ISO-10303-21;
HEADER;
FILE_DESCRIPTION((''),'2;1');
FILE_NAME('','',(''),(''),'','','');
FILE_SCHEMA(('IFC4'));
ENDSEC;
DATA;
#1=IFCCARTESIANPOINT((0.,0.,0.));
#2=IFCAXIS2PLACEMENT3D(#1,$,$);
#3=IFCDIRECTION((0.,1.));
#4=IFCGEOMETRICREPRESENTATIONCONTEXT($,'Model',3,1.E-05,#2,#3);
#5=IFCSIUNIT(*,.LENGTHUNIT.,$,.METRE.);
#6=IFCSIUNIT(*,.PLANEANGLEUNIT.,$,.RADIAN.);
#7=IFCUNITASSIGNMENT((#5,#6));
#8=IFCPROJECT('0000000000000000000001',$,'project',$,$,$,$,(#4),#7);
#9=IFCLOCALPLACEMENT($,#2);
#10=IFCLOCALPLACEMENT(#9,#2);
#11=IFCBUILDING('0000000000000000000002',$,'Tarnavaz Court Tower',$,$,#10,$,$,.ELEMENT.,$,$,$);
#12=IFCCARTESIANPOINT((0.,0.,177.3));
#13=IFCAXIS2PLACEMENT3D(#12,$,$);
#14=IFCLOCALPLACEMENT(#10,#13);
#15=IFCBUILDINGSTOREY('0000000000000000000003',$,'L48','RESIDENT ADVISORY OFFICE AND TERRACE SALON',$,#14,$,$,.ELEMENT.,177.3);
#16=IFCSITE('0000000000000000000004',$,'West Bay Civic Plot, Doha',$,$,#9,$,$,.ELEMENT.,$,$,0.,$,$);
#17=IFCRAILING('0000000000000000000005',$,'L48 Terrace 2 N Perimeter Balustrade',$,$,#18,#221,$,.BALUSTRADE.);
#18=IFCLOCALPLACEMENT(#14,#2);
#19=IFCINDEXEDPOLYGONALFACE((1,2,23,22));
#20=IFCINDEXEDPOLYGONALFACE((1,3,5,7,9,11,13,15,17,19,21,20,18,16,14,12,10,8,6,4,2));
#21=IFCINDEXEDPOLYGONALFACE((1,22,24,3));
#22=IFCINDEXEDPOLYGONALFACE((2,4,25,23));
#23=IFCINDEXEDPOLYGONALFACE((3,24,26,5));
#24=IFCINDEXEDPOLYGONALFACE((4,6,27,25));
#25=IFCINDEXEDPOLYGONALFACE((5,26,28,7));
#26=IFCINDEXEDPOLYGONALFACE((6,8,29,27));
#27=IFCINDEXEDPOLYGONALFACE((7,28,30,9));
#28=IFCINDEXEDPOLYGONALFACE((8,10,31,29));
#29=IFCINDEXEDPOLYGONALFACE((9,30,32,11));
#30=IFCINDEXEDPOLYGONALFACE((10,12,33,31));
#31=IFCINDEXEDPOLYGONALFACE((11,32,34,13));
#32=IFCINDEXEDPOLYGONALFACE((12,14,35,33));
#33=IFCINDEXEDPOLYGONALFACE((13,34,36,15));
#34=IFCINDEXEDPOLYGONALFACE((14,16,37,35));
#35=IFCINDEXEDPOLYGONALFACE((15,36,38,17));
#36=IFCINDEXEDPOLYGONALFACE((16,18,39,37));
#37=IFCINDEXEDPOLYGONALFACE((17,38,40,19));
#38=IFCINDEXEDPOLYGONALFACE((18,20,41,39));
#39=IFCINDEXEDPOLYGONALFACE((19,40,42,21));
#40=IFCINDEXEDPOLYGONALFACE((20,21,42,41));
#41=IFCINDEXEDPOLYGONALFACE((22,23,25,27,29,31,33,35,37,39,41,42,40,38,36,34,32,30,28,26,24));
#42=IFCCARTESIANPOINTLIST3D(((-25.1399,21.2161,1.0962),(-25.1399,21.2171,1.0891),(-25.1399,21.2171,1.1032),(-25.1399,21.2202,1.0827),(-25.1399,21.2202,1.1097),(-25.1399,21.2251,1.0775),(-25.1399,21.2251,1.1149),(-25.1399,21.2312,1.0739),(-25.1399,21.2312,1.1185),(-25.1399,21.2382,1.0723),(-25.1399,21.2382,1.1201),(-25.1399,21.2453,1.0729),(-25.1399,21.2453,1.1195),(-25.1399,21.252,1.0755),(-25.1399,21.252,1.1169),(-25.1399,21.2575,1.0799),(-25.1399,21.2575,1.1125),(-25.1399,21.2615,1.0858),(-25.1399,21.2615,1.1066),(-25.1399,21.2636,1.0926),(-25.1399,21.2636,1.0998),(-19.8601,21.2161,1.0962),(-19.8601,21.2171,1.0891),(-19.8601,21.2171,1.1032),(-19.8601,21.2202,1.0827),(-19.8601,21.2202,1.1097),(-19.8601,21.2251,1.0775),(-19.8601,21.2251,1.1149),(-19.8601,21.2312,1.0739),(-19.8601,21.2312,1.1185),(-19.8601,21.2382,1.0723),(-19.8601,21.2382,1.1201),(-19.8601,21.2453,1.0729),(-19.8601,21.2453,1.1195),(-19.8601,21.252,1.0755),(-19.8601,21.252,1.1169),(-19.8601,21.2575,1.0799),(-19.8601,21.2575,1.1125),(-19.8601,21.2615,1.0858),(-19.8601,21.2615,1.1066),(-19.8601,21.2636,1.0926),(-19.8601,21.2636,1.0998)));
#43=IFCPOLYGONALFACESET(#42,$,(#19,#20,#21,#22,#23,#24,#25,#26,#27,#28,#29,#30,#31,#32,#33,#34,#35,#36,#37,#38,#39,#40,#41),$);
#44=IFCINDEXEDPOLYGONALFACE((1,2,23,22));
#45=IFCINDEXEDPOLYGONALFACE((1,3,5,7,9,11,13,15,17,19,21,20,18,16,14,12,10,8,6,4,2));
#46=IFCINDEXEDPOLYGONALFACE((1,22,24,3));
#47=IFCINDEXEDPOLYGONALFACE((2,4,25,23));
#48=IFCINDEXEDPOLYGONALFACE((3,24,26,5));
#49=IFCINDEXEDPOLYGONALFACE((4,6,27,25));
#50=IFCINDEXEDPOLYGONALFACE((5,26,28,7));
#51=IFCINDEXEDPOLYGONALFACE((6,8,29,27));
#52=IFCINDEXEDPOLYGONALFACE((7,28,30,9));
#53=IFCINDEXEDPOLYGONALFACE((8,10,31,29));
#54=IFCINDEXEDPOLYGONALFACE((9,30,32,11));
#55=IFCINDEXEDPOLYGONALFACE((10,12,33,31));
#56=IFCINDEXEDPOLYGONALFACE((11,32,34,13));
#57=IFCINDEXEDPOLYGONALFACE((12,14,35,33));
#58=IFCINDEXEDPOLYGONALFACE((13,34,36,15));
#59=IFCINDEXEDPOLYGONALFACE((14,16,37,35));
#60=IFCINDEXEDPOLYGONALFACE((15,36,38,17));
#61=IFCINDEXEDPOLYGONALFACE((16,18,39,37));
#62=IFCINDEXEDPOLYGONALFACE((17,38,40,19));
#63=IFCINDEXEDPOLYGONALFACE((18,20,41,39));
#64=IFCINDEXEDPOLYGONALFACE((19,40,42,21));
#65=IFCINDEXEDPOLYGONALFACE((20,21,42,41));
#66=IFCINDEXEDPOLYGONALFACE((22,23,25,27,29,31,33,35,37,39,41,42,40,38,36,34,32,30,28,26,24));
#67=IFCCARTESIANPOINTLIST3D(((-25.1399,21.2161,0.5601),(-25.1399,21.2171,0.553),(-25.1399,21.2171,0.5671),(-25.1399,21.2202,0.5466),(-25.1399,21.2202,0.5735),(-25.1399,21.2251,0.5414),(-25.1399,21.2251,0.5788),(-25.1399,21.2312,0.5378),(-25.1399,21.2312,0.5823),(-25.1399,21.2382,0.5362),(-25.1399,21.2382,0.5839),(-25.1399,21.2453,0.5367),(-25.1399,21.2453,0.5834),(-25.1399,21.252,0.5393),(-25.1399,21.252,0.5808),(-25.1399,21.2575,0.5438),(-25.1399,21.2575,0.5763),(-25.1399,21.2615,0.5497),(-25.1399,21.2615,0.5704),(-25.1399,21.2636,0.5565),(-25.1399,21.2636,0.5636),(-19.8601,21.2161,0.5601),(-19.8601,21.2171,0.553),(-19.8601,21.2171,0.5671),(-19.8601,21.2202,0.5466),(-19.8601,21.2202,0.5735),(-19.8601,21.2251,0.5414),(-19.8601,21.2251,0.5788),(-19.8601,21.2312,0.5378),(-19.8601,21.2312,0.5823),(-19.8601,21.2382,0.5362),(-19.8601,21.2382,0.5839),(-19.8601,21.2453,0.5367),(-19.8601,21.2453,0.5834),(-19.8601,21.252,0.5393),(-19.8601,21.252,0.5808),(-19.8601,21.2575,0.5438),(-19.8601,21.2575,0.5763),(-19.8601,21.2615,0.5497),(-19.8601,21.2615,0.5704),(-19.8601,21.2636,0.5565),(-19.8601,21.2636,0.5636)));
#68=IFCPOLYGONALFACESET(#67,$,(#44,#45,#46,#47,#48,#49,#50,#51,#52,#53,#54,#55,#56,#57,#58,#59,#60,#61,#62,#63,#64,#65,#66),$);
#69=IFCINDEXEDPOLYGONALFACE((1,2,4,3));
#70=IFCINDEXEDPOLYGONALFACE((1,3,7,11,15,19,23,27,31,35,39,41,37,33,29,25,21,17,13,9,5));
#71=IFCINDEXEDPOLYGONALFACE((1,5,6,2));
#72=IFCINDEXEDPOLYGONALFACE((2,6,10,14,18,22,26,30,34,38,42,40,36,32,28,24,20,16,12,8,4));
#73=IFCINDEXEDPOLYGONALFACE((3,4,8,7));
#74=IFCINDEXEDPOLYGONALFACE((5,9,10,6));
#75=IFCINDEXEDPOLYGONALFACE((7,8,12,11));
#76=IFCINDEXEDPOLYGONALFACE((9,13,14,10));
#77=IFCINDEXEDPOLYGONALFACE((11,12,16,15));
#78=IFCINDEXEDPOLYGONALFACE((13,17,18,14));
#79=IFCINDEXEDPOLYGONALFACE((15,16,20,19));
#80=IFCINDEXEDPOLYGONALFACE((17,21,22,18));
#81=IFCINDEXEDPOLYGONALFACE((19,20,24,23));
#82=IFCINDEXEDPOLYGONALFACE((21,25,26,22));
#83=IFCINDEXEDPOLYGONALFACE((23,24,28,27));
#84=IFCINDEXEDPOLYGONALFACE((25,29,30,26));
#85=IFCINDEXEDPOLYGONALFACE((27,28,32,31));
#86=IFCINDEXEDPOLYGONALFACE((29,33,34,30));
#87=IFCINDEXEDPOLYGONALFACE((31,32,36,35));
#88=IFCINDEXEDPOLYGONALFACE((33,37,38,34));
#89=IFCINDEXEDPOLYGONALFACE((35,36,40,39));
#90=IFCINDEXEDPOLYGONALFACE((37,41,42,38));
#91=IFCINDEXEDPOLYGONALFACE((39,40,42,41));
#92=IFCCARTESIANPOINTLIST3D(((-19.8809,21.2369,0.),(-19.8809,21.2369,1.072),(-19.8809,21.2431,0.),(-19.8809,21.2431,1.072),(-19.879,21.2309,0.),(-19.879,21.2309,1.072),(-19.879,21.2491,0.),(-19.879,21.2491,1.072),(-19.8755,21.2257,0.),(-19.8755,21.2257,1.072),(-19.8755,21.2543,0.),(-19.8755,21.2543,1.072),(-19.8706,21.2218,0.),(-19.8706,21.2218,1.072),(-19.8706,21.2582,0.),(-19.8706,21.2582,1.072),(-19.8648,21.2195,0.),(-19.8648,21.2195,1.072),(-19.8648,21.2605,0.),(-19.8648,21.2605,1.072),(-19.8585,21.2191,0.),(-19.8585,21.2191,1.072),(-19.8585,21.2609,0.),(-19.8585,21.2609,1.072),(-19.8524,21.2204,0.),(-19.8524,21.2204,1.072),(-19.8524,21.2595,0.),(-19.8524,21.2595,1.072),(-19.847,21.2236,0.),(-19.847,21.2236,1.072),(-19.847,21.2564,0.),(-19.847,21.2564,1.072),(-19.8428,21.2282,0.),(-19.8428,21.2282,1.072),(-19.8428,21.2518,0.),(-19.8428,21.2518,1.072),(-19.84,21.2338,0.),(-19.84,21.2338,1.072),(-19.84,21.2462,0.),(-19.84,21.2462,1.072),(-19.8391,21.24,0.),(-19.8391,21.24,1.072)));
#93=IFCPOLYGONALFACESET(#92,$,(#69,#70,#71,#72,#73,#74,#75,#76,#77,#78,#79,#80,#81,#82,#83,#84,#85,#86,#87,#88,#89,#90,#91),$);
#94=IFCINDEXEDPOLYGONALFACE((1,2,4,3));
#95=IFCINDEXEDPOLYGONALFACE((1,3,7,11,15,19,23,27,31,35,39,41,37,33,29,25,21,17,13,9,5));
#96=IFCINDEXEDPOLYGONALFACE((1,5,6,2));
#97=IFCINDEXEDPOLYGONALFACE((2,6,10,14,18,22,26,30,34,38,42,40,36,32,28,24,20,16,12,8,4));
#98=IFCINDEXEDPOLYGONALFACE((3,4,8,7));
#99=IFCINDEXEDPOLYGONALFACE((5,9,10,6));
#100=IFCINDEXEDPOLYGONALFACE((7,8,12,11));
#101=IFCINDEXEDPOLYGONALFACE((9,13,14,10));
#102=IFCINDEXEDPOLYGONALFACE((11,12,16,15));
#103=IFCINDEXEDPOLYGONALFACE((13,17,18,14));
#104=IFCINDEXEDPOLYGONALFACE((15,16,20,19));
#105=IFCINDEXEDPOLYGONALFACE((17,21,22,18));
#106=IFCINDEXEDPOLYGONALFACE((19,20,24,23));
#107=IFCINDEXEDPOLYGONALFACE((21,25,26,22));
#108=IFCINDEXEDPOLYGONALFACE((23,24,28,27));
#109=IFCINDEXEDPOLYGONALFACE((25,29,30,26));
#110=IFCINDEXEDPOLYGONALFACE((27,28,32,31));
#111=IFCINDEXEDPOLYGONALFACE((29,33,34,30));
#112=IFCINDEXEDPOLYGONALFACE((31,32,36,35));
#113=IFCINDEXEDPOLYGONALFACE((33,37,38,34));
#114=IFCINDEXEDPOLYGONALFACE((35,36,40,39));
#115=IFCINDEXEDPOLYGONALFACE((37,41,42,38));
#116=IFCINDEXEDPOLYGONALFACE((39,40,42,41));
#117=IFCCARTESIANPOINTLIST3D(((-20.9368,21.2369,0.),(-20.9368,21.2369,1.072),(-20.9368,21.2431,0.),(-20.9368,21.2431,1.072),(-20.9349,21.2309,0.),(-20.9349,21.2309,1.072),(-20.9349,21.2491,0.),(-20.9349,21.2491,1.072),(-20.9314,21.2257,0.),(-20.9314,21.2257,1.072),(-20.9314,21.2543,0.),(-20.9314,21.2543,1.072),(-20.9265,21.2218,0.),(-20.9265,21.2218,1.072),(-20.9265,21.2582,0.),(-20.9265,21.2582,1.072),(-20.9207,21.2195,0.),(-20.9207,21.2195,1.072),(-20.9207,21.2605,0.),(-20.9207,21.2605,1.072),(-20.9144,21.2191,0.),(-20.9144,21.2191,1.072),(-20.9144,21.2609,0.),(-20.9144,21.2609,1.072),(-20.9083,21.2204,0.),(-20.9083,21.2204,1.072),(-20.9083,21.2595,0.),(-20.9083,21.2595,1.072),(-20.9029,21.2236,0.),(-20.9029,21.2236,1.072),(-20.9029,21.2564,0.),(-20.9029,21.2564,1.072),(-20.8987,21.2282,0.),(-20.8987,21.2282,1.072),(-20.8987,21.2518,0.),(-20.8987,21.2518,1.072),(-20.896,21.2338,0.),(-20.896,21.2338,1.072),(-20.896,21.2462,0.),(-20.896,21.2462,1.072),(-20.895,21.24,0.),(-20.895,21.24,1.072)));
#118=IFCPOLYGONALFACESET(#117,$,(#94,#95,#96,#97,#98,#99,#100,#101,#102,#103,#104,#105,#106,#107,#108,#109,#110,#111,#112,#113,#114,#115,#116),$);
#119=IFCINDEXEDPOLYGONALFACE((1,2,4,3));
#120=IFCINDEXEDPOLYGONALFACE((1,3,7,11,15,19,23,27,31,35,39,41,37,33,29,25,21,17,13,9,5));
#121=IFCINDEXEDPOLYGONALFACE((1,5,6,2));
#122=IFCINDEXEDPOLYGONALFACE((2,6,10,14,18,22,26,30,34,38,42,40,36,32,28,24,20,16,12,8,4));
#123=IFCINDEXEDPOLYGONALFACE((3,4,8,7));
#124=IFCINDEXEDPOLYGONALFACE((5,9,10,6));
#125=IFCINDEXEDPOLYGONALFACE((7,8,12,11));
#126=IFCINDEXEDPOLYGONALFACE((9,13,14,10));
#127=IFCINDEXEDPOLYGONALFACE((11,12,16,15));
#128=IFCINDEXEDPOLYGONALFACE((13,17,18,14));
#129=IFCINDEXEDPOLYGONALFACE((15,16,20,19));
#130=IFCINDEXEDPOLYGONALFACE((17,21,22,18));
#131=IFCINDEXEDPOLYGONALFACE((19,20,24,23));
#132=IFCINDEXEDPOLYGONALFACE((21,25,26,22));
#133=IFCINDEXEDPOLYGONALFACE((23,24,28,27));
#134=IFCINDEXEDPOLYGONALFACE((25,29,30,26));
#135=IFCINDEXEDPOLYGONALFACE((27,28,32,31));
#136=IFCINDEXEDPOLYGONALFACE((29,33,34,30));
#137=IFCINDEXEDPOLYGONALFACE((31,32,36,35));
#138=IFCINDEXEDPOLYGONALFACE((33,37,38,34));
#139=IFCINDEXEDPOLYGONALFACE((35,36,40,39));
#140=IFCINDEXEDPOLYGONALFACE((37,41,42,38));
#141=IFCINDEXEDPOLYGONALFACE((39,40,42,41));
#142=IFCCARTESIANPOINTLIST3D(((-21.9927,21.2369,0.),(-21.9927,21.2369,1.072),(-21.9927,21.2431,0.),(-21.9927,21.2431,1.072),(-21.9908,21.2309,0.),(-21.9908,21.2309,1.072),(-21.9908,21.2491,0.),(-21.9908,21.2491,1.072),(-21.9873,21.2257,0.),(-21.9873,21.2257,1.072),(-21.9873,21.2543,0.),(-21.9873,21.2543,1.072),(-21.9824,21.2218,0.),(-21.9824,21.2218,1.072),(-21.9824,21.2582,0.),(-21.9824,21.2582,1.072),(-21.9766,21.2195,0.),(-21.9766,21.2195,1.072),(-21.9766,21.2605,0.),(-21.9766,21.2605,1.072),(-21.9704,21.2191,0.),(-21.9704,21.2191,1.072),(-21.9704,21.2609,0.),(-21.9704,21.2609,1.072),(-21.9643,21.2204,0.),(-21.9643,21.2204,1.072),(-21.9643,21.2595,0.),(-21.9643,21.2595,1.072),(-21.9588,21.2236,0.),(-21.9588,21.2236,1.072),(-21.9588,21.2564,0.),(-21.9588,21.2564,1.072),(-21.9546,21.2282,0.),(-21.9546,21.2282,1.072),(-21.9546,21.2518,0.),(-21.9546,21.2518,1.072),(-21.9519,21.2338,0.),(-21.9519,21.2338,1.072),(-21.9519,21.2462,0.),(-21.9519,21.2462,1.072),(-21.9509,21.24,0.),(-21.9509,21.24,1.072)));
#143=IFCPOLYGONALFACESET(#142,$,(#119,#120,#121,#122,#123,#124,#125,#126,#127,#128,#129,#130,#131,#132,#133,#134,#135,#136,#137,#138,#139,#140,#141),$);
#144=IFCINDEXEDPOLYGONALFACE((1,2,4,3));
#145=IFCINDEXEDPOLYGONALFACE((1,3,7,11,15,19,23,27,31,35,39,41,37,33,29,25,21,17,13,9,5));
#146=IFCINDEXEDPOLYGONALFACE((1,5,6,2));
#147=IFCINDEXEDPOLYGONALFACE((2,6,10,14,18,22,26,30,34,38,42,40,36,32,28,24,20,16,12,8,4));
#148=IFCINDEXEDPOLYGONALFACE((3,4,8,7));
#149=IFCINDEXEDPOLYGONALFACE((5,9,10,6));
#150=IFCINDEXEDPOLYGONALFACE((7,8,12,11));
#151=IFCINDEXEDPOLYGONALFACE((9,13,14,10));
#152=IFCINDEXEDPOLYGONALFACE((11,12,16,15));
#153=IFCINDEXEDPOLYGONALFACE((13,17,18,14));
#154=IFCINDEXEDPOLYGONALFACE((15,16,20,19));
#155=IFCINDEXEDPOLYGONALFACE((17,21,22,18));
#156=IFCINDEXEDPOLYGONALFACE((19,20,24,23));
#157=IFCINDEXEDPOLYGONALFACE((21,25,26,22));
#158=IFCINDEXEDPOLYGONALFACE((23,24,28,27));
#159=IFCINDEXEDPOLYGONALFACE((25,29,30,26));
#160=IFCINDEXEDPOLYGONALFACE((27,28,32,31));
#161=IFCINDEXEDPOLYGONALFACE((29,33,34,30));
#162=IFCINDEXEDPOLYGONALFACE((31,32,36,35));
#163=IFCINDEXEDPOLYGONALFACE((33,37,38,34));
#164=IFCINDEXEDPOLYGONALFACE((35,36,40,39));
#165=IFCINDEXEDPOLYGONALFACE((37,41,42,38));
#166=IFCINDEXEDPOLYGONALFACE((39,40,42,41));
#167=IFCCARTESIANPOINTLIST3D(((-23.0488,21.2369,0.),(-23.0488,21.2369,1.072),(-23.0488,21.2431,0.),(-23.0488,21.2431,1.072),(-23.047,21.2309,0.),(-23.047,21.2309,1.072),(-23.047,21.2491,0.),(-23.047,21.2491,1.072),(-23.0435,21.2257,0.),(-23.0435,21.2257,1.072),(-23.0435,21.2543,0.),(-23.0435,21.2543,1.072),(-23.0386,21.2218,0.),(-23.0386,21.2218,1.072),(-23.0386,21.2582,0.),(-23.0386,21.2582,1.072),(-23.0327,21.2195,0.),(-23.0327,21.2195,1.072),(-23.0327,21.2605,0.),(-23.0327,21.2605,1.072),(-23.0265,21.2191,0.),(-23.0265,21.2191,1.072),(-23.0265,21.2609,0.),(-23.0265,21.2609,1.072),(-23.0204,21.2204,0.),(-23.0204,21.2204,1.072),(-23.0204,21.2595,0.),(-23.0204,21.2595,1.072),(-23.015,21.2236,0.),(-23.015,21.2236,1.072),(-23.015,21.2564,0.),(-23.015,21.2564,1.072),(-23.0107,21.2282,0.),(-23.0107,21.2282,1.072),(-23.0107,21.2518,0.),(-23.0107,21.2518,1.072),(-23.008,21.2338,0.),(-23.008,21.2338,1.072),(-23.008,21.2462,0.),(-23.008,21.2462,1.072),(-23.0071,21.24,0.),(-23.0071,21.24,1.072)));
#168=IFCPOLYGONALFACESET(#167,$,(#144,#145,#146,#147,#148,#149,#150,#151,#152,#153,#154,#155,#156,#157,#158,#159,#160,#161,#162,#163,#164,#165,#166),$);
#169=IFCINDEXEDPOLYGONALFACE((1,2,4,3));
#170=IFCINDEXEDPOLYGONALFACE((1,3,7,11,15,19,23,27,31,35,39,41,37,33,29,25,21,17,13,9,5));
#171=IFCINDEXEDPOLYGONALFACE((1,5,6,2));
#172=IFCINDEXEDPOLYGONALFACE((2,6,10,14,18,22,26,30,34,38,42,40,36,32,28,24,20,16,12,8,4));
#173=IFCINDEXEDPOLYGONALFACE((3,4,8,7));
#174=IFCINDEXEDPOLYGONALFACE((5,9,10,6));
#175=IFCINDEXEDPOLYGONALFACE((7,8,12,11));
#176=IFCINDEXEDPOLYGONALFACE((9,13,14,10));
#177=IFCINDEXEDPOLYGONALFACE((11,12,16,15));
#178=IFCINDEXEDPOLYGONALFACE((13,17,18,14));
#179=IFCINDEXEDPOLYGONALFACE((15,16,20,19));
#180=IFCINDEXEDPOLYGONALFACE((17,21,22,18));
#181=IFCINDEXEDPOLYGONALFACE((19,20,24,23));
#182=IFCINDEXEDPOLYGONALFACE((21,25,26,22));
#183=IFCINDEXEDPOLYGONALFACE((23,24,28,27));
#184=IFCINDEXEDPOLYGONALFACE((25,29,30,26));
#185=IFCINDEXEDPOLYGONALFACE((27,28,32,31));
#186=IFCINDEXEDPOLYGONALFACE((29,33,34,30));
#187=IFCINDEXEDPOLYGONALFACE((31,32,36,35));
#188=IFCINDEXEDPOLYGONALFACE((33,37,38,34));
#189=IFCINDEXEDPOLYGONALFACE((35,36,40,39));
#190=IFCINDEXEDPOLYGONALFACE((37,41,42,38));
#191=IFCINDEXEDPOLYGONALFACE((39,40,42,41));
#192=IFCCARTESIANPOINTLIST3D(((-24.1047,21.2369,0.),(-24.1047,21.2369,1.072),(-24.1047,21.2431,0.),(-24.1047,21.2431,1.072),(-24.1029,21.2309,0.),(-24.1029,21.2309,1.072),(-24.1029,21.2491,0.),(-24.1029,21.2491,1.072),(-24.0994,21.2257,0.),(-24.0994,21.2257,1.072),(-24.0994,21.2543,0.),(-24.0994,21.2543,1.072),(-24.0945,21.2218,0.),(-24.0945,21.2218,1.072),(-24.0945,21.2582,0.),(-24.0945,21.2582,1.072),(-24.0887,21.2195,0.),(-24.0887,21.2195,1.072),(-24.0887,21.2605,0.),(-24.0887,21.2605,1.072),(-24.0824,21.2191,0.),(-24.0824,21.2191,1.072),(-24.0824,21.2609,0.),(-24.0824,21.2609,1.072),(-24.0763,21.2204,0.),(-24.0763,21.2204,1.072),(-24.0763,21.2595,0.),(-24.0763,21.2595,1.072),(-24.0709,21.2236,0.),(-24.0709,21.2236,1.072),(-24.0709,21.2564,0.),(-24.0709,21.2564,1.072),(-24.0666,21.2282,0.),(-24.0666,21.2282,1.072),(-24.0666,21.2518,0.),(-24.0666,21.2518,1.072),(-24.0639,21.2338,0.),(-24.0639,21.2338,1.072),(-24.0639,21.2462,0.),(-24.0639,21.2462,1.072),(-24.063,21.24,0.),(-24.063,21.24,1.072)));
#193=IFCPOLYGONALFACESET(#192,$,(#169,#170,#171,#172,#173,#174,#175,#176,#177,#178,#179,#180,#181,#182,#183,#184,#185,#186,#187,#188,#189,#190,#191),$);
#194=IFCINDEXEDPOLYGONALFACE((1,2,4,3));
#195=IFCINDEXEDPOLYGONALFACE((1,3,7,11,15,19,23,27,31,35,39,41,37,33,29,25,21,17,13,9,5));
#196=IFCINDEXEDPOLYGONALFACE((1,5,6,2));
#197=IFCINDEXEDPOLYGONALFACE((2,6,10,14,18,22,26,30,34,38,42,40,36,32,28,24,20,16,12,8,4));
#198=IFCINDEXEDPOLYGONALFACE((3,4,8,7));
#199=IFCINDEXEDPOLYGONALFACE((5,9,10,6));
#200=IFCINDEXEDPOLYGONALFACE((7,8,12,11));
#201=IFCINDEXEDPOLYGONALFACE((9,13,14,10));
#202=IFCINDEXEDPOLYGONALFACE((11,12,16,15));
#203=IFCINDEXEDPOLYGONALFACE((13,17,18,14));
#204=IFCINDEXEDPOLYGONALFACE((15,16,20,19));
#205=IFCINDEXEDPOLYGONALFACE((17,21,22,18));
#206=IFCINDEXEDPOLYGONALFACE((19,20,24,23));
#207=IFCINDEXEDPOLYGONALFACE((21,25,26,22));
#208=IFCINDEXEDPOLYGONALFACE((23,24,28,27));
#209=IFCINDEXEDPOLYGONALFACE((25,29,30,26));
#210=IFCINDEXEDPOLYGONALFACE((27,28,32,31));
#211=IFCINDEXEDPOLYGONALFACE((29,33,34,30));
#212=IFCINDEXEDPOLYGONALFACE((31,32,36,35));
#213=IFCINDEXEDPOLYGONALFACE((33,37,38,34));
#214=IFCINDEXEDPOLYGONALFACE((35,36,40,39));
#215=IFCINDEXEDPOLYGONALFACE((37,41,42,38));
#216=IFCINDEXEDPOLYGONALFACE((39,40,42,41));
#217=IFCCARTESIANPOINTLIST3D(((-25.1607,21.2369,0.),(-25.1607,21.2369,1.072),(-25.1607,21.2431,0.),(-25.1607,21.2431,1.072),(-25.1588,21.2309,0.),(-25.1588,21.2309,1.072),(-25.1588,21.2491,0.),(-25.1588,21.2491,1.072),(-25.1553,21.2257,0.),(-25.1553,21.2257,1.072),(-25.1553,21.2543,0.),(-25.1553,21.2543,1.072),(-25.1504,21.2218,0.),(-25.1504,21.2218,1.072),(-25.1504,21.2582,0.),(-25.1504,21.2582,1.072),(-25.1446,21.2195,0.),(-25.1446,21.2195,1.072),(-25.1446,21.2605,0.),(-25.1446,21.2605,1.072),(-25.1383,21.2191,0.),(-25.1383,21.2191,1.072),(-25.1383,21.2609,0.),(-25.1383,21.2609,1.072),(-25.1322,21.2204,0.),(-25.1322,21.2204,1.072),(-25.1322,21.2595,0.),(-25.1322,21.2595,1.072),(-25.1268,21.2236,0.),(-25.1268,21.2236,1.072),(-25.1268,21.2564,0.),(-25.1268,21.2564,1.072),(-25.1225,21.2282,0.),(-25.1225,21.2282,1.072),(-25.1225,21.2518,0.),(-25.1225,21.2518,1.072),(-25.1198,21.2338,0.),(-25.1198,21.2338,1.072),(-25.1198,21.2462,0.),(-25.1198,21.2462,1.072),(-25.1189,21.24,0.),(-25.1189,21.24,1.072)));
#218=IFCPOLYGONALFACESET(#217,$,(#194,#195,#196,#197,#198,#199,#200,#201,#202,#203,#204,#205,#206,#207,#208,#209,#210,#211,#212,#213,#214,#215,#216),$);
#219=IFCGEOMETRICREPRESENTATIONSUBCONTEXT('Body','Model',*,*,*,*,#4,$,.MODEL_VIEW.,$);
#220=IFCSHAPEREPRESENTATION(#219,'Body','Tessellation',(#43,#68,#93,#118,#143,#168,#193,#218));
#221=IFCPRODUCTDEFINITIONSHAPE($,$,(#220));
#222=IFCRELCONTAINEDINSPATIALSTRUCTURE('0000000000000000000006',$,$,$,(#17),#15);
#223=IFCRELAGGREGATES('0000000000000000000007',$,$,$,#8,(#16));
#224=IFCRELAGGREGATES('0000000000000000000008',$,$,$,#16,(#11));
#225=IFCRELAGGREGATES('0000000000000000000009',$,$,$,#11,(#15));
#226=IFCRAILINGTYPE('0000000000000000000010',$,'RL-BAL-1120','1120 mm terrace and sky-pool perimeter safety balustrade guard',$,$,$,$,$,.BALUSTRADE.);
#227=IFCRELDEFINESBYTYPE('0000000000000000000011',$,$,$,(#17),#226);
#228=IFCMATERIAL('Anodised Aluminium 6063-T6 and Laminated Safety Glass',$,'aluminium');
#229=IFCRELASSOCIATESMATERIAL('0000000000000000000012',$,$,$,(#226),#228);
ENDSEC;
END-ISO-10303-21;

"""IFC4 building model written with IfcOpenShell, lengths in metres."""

from ifc_helpers import new_model, si_unit, direction, frame, origin, origin_2d, place, context, subcontext, project, spatial, circle, extrude, material, type_object, element, save


model = new_model("IFC4")

# Units and contexts
model_context = context("Model", 3, precision=1e-05, world=origin(), true_north=direction((0.0, 1.0)))
body_context = subcontext(model_context, "Body", "Model", "MODEL_VIEW")
ifc_project = project(units=[si_unit("LENGTHUNIT", "METRE"), si_unit("PLANEANGLEUNIT", "RADIAN")], contexts=[model_context])

# Site, building, storey
site_placement = place(None, origin())
site = spatial("IfcSite", under=ifc_project, at=site_placement, Name="West Bay Civic Plot, Doha", CompositionType="ELEMENT", RefElevation=0.0)
building_placement = place(site_placement, origin())
building = spatial("IfcBuilding", under=site, at=building_placement, Name="Tarnavaz Court Tower", CompositionType="ELEMENT")
storey_placement = place(building_placement, frame((0.0, 0.0, 177.3)))
storey = spatial("IfcBuildingStorey", under=building, at=storey_placement, Name="L48", Description="RESIDENT ADVISORY OFFICE AND TERRACE SALON", CompositionType="ELEMENT", Elevation=177.3)

# Railing
ifc_material_1 = material(Name="Anodised Aluminium 6063-T6 and Laminated Safety Glass", Category="aluminium")
railing_type = type_object("IfcRailingType", Name="RL-BAL-1120", Description="1120 mm terrace and sky-pool perimeter safety balustrade guard", PredefinedType="BALUSTRADE", material=ifc_material_1)
railing_1_placement = place(storey_placement, frame((-19.8601, 21.24, 0.0)))
element("IfcRailing", 1, at=railing_1_placement, inside=storey, type_object=railing_type, Name="L48 Terrace 2 N Perimeter Balustrade", PredefinedType="BALUSTRADE", context=body_context, shape_type="SweptSolid", body=[
    extrude(circle(Radius=0.0239, at=origin_2d()), frame((0.0, 0.0, 1.0962), z_axis=(-1.0, 0.0, 0.0), x_axis=(0.0, -1.0, 0.0)), (0.0, 0.0, 1.0), 5.2798),
    extrude(circle(Radius=0.0239, at=origin_2d()), frame((0.0, 0.0, 0.5601), z_axis=(-1.0, 0.0, 0.0), x_axis=(0.0, -1.0, 0.0)), (0.0, 0.0, 1.0), 5.2798),
    extrude(circle(Radius=0.021, at=origin_2d()), origin(), (0.0, 0.0, 1.0), 1.072),
    extrude(circle(Radius=0.021, at=origin_2d()), frame((-1.0559, 0.0, 0.0)), (0.0, 0.0, 1.0), 1.072),
    extrude(circle(Radius=0.021, at=origin_2d()), frame((-2.1118, 0.0, 0.0)), (0.0, 0.0, 1.0), 1.072),
    extrude(circle(Radius=0.021, at=origin_2d()), frame((-3.168, 0.0, 0.0)), (0.0, 0.0, 1.0), 1.072),
    extrude(circle(Radius=0.021, at=origin_2d()), frame((-4.2239, 0.0, 0.0)), (0.0, 0.0, 1.0), 1.072),
    extrude(circle(Radius=0.021, at=origin_2d()), frame((-5.2798, 0.0, 0.0)), (0.0, 0.0, 1.0), 1.072),
])

save(model, "model.ifc")
